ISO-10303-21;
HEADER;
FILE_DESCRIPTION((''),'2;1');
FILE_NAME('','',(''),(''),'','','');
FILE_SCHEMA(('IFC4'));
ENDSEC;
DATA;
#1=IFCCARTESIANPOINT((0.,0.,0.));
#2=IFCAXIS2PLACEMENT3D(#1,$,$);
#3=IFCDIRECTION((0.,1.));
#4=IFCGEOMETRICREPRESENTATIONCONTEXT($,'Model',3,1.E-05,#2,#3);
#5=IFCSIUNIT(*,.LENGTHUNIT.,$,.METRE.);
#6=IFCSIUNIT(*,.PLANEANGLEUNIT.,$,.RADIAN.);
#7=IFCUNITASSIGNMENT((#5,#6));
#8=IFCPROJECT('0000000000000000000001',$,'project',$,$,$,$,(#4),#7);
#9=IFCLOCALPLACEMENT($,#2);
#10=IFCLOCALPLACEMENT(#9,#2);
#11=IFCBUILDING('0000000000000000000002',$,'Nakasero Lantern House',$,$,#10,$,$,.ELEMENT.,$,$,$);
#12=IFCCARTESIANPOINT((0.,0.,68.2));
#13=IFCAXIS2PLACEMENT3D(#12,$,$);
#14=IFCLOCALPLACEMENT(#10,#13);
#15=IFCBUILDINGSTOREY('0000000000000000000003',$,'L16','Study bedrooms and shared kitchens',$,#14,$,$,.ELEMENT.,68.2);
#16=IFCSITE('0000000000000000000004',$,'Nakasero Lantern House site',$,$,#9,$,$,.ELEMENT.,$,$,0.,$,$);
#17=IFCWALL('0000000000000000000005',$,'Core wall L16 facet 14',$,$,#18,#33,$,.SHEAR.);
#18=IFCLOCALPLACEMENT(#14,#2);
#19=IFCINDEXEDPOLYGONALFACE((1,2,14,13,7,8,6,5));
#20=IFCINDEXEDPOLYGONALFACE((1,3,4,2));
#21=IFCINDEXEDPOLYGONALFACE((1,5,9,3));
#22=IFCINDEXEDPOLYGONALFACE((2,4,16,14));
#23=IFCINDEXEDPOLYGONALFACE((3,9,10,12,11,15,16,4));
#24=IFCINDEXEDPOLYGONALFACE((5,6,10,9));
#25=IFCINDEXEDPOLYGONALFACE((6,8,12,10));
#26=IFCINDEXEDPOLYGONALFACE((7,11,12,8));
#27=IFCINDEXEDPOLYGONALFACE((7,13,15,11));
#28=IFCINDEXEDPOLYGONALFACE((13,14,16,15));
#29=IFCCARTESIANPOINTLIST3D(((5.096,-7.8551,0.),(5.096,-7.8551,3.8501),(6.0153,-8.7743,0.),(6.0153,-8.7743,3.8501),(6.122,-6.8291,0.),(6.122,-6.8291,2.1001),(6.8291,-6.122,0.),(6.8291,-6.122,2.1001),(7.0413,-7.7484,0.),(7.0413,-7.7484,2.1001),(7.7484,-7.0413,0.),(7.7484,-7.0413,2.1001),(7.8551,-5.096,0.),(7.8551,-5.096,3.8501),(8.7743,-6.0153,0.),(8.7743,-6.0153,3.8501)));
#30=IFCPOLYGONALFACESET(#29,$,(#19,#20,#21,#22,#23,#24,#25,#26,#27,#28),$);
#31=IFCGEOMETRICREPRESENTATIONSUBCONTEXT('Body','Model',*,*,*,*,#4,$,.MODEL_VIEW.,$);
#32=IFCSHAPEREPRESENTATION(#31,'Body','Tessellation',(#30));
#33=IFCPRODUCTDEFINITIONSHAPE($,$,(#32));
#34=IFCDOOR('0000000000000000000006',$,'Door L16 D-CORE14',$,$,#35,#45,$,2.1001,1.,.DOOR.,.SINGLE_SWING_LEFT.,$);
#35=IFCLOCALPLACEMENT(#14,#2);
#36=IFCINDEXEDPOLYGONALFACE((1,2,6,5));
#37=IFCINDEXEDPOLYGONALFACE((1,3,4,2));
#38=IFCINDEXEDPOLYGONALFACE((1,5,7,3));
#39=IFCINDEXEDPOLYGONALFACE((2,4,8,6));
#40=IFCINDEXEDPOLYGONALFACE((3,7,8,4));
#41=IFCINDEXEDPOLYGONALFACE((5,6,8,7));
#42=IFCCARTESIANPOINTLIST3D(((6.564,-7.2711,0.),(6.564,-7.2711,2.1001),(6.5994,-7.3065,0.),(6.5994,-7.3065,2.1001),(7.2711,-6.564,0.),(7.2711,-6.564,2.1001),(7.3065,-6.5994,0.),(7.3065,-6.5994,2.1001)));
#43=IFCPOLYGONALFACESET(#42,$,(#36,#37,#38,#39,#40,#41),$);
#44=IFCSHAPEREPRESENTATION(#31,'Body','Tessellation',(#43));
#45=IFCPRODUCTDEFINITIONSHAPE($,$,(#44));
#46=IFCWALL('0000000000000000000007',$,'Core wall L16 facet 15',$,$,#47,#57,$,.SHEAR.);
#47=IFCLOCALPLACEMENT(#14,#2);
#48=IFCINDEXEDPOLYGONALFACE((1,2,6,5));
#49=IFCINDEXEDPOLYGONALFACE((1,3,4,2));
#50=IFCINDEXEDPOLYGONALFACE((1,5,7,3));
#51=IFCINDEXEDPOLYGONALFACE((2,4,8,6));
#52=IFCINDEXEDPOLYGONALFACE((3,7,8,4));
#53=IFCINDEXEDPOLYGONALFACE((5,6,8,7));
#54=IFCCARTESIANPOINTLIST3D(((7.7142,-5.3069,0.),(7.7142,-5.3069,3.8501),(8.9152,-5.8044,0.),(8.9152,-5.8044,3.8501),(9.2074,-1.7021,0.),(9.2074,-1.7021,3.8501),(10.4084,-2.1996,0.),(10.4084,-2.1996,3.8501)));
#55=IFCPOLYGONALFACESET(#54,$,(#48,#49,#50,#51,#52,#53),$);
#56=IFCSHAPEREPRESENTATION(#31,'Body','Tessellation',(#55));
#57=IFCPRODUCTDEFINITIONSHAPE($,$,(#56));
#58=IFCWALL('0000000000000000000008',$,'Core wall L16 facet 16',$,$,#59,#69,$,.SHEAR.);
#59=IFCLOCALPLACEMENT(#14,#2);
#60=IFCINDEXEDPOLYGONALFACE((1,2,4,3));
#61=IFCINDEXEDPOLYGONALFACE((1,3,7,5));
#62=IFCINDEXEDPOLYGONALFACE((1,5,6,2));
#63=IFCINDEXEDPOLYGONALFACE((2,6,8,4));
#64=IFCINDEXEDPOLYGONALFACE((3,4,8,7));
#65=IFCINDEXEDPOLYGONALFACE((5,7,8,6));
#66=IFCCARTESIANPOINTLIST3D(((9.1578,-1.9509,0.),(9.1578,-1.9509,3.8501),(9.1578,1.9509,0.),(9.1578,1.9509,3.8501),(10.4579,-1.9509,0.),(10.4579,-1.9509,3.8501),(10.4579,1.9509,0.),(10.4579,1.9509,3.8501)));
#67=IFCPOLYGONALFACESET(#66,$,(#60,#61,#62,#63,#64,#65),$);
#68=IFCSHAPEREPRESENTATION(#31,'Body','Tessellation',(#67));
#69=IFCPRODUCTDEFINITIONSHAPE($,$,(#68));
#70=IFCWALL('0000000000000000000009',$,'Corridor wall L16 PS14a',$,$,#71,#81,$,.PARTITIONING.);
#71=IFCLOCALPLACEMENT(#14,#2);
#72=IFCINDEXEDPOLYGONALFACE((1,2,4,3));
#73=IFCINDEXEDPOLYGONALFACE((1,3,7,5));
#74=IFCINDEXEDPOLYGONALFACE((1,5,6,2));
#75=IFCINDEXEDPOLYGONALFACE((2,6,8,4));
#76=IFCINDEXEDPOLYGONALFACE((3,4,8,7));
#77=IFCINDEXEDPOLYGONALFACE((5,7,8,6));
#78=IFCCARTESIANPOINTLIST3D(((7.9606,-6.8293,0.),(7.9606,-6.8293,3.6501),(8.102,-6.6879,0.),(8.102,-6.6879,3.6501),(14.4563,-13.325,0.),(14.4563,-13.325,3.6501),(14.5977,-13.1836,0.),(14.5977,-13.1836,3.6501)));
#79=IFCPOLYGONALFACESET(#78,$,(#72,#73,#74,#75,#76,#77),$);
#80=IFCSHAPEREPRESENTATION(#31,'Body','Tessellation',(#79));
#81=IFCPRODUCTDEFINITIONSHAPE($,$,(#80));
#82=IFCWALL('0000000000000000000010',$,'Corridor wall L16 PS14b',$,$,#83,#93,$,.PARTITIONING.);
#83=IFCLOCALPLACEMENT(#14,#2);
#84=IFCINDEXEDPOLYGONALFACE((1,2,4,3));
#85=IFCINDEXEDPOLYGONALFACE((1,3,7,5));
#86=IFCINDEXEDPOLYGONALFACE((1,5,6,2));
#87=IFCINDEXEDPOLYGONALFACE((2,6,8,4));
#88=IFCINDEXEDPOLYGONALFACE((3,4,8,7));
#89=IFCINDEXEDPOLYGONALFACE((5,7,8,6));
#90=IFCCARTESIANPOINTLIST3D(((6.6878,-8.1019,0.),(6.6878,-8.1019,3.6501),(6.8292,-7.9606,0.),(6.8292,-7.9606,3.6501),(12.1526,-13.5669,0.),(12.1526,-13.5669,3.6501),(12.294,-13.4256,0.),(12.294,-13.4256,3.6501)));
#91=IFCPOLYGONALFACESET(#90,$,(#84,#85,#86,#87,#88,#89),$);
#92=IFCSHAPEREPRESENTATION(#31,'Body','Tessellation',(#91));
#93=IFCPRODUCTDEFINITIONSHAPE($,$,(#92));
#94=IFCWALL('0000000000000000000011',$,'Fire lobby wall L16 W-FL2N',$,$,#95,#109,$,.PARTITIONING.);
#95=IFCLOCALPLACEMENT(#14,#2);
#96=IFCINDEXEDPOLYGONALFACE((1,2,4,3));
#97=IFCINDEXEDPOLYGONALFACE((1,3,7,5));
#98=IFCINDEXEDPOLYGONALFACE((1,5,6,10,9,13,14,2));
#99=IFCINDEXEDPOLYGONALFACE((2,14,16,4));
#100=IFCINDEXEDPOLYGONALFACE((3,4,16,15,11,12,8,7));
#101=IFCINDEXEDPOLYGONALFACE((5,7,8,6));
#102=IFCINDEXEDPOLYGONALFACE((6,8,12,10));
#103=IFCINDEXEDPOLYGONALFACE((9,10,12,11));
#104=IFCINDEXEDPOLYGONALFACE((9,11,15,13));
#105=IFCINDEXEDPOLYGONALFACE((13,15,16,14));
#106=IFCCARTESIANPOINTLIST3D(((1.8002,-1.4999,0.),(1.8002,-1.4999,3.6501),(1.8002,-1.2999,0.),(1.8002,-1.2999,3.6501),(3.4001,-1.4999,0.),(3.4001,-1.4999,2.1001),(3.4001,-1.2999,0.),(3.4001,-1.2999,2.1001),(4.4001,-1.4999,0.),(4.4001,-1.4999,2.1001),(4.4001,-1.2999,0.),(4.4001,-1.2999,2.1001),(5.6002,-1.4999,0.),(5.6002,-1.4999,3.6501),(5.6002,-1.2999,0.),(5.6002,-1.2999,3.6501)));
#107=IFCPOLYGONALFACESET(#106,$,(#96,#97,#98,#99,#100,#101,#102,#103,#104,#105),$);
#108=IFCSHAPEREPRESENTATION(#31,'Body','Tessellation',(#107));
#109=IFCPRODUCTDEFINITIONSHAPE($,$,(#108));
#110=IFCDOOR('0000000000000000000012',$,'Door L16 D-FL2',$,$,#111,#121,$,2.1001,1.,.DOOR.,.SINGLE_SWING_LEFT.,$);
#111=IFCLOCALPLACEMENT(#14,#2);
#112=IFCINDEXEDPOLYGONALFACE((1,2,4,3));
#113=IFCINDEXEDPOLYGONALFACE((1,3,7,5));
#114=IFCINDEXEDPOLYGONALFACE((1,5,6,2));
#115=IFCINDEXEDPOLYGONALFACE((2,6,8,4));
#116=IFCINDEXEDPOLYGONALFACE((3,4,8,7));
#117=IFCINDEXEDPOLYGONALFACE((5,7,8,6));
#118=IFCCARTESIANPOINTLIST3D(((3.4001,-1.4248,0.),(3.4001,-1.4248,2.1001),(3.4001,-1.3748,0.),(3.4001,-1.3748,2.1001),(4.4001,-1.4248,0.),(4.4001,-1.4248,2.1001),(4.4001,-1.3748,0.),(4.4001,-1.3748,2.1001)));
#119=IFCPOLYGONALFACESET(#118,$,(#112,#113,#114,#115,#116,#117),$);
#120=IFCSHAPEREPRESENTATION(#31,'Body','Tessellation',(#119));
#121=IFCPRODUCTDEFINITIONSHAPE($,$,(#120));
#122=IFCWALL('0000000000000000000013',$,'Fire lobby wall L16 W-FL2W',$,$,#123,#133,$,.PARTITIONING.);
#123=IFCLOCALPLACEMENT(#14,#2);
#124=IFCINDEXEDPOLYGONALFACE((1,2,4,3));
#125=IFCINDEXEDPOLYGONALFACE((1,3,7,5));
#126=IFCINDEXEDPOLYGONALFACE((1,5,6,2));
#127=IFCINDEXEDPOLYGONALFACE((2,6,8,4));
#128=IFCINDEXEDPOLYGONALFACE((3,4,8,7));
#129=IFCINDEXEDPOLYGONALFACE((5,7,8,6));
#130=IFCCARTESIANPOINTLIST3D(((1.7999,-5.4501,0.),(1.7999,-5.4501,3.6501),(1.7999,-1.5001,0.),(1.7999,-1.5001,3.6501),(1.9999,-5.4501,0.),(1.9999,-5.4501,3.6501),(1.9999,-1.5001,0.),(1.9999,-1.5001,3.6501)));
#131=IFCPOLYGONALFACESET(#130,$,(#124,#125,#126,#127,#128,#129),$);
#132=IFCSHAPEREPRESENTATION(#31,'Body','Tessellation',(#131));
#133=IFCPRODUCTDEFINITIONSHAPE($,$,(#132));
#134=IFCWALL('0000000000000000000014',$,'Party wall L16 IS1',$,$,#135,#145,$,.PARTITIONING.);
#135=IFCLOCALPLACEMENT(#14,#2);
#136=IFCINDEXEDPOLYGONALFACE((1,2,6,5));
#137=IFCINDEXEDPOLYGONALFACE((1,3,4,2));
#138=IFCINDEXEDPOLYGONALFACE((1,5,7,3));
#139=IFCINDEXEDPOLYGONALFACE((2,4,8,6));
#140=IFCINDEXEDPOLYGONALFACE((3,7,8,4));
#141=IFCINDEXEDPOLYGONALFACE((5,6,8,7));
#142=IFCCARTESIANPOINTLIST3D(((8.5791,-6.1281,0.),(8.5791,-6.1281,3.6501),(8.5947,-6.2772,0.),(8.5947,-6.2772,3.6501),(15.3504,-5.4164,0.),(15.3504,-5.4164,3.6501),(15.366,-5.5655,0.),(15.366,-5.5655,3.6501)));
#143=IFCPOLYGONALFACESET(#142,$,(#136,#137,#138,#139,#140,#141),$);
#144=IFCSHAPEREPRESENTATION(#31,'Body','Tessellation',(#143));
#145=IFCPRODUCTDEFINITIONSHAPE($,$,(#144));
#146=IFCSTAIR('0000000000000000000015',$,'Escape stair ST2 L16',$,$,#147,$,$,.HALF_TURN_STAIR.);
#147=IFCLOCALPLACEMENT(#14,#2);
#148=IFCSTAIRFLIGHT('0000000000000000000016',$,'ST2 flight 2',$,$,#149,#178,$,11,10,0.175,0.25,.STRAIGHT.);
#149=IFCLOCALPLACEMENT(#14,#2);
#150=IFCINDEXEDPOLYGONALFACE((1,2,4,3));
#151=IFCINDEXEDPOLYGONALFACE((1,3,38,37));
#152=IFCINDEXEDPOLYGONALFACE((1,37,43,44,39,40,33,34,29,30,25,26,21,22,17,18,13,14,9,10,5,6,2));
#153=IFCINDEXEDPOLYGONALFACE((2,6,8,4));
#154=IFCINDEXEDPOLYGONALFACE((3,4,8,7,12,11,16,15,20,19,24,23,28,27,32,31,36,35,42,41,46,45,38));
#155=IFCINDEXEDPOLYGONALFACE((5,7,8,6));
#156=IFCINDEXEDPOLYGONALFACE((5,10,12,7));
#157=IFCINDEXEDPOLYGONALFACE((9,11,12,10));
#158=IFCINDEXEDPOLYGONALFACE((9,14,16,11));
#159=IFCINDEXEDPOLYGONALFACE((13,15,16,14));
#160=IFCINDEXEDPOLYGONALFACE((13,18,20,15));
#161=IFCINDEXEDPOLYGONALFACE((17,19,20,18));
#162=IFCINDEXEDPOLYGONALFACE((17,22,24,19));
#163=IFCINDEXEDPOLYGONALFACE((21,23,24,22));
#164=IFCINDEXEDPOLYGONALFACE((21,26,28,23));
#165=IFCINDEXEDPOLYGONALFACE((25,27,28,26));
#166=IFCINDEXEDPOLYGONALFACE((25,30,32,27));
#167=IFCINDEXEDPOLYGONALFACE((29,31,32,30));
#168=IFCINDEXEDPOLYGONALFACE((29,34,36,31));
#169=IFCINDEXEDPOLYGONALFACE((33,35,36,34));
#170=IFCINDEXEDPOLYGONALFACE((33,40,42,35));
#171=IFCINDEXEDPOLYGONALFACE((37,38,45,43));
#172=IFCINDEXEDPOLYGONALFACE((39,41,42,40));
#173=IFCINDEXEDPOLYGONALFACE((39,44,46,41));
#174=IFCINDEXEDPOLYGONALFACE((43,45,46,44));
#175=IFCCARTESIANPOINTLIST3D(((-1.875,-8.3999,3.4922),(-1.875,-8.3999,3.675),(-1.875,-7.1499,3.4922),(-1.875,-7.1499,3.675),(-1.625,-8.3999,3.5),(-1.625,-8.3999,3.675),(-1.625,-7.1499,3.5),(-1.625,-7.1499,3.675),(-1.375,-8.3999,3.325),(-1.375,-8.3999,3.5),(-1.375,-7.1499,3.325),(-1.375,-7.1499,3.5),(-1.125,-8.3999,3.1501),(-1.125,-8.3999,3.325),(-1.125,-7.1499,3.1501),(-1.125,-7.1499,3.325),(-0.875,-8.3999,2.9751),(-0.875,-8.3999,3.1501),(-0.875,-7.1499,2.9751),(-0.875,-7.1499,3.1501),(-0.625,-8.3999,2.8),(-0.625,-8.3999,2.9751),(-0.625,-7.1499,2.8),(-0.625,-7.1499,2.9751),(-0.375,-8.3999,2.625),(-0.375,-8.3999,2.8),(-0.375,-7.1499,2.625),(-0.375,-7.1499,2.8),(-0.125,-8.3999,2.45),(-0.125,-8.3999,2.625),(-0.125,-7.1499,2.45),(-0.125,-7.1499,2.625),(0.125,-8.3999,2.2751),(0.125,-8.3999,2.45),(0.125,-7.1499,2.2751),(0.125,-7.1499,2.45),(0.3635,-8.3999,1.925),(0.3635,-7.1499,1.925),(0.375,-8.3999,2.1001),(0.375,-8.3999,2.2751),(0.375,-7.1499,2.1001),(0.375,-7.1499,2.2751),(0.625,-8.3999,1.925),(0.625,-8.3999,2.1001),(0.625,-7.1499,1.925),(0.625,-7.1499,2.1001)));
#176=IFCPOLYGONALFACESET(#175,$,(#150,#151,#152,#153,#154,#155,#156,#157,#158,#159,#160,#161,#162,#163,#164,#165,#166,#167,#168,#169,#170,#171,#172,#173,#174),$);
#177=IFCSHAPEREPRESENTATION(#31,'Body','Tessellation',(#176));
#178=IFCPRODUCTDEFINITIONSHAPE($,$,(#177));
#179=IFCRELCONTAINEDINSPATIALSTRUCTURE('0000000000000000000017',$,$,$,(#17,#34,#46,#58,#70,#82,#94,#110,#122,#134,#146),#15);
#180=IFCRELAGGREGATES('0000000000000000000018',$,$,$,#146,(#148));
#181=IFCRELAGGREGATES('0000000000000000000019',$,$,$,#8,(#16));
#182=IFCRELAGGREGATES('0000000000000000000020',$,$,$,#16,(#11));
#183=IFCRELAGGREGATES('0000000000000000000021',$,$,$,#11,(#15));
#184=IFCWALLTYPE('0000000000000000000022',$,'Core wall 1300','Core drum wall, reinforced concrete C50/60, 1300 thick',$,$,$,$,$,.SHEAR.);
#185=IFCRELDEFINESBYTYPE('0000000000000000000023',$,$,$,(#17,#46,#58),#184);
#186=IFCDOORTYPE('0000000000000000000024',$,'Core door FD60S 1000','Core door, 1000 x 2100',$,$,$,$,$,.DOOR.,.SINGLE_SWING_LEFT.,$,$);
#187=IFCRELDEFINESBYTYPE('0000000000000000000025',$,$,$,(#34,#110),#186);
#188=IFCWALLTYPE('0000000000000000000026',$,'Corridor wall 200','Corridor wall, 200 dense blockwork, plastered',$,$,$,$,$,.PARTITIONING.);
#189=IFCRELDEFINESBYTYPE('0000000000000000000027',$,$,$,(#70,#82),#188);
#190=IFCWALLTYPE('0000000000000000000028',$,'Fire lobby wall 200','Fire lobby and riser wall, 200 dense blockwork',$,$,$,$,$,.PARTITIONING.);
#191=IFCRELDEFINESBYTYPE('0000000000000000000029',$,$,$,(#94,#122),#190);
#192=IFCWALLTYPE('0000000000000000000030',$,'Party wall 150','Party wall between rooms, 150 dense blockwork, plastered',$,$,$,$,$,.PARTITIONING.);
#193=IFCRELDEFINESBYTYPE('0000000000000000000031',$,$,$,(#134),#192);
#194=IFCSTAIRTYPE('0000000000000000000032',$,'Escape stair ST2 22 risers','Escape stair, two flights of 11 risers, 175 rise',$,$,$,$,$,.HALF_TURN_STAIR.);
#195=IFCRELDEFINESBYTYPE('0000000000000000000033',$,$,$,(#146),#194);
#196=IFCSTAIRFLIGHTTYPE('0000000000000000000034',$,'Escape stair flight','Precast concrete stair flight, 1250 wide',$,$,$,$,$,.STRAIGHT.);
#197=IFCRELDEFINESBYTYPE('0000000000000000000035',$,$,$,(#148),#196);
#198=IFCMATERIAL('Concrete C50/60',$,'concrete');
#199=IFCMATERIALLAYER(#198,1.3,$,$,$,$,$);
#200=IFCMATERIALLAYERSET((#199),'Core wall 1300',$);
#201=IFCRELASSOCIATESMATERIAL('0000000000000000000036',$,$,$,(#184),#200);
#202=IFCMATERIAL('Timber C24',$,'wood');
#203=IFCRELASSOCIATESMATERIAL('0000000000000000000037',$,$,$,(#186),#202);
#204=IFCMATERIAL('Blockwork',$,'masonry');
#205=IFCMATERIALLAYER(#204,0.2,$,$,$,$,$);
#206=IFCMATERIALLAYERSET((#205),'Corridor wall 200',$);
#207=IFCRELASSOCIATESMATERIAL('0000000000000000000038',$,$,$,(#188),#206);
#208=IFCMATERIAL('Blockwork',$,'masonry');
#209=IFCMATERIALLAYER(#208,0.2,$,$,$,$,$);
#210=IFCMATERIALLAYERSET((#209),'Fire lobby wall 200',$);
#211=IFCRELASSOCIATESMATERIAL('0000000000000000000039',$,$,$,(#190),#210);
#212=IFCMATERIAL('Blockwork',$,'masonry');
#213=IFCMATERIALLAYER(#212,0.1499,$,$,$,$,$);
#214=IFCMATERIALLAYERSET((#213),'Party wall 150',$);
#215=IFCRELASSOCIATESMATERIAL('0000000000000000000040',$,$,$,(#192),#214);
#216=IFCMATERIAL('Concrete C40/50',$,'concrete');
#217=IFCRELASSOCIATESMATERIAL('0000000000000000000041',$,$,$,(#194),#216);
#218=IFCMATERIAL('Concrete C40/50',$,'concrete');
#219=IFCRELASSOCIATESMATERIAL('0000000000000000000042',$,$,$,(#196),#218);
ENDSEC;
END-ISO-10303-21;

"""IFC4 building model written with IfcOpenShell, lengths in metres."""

from ifc_helpers import new_model, si_unit, direction, frame, frame_2d, origin, place, context, subcontext, project, spatial, polyline, rectangle, outline, extrude, material, layer, layer_set, type_object, element, fill, aggregate, save


model = new_model("IFC4")

# Units and contexts
model_context = context("Model", 3, precision=1e-05, world=origin(), true_north=direction((0.0, 1.0)))
body_context = subcontext(model_context, "Body", "Model", "MODEL_VIEW")
ifc_project = project(units=[si_unit("LENGTHUNIT", "METRE"), si_unit("PLANEANGLEUNIT", "RADIAN")], contexts=[model_context])

# Site, building, storey
site_placement = place(None, origin())
site = spatial("IfcSite", under=ifc_project, at=site_placement, Name="Nakasero Lantern House site", CompositionType="ELEMENT", RefElevation=0.0)
building_placement = place(site_placement, origin())
building = spatial("IfcBuilding", under=site, at=building_placement, Name="Nakasero Lantern House", CompositionType="ELEMENT")
storey_placement = place(building_placement, frame((0.0, 0.0, 68.2)))
storey = spatial("IfcBuildingStorey", under=building, at=storey_placement, Name="L16", Description="Study bedrooms and shared kitchens", CompositionType="ELEMENT", Elevation=68.2)

# Shared definitions
ifc_material_1 = material(Name="Concrete C50/60", Category="concrete")
ifc_layer_1 = layer(ifc_material_1, 1.3)
ifc_layer_set_1 = layer_set([ifc_layer_1], Name="Core wall 1300")
wall_type_1 = type_object("IfcWallType", Name="Core wall 1300", Description="Core drum wall, reinforced concrete C50/60, 1300 thick", PredefinedType="SHEAR", material=ifc_layer_set_1)

# Wall, opening, door
wall_1_placement = place(storey_placement, frame((5.5557, -8.3147, 0.0), z_axis=(0.0, 0.0, 1.0), x_axis=(0.707107, 0.707107, 0.0)))
wall_1 = element("IfcWall", 1, at=wall_1_placement, inside=storey, type_object=wall_type_1, Name="Core wall L16 facet 14", PredefinedType="SHEAR", context=body_context, shape_type="SweptSolid", body=[
    extrude(rectangle(XDim=3.9019, YDim=1.3, at=frame_2d((1.9509, 0.0))), origin(), (0.0, 0.0, 1.0), 3.8501),
])
opening_1_placement = place(wall_1_placement, frame((1.4509, 0.0, 0.0)))
opening_1 = element("IfcOpeningElement", 2, at=opening_1_placement, cuts=wall_1, PredefinedType="OPENING", context=body_context, shape_type="SweptSolid", body=[
    extrude(rectangle(XDim=1.0, YDim=2.1001, at=frame_2d((0.5, 1.05))), frame((0.0, 0.6699, 0.0), z_axis=(0.0, -1.0, 0.0), x_axis=(1.0, 0.0, 0.0)), (0.0, 0.0, 1.0), 1.3401),
])
ifc_material_2 = material(Name="Timber C24", Category="wood")
door_type_1 = type_object("IfcDoorType", Name="Core door FD60S 1000", Description="Core door, 1000 x 2100", OperationType="SINGLE_SWING_LEFT", PredefinedType="DOOR", material=ifc_material_2)
door_1_placement = place(opening_1_placement, origin())
door_1 = element("IfcDoor", 3, at=door_1_placement, inside=storey, type_object=door_type_1, Name="Door L16 D-CORE14", OperationType="SINGLE_SWING_LEFT", OverallHeight=2.1001, OverallWidth=1.0, PredefinedType="DOOR", context=body_context, shape_type="SweptSolid", body=[
    extrude(rectangle(XDim=1.0, YDim=2.1001, at=frame_2d((0.5, 1.05))), frame((0.0, 0.0249, 0.0), z_axis=(0.0, -1.0, 0.0), x_axis=(1.0, 0.0, 0.0)), (0.0, 0.0, 1.0), 0.05),
])
fill(opening_1, door_1)

# Walls
for number, where, z_axis, x_axis, name in (
    (4, (8.3147, -5.5557, 0.0), (0.0, 0.0, 1.0), (0.382691, 0.923877, 0.0), "Core wall L16 facet 15"),
    (5, (9.8079, -1.9509, 0.0), (0.0, 0.0, 1.0), (0.0, 1.0, 0.0), "Core wall L16 facet 16"),
):
    element("IfcWall", number, at=place(storey_placement, frame(where, z_axis=z_axis, x_axis=x_axis)), inside=storey, type_object=wall_type_1, Name=name, PredefinedType="SHEAR", context=body_context, shape_type="SweptSolid", body=[
        extrude(rectangle(XDim=3.9019, YDim=1.3, at=frame_2d((1.9509, 0.0))), origin(), (0.0, 0.0, 1.0), 3.8501),
    ])
ifc_material_3 = material(Name="Blockwork", Category="masonry")
ifc_layer_2 = layer(ifc_material_3, 0.2)
ifc_layer_set_2 = layer_set([ifc_layer_2], Name="Corridor wall 200")
wall_type_2 = type_object("IfcWallType", Name="Corridor wall 200", Description="Corridor wall, 200 dense blockwork, plastered", PredefinedType="PARTITIONING", material=ifc_layer_set_2)
wall_2_placement = place(storey_placement, frame((8.0312, -6.7585, 0.0), z_axis=(0.0, 0.0, 1.0), x_axis=(0.707107, -0.707107, 0.0)))
element("IfcWall", 6, at=wall_2_placement, inside=storey, type_object=wall_type_2, Name="Corridor wall L16 PS14a", PredefinedType="PARTITIONING", context=body_context, shape_type="SweptSolid", body=[
    extrude(rectangle(XDim=9.1863, YDim=0.2, at=frame_2d((4.5933, 0.0))), origin(), (0.0, 0.0, 1.0), 3.6501),
])
wall_3_placement = place(storey_placement, frame((6.7585, -8.0312, 0.0), z_axis=(0.0, 0.0, 1.0), x_axis=(0.707091, -0.707123, 0.0)))
element("IfcWall", 7, at=wall_3_placement, inside=storey, type_object=wall_type_2, Name="Corridor wall L16 PS14b", PredefinedType="PARTITIONING", context=body_context, shape_type="SweptSolid", body=[
    extrude(rectangle(XDim=7.7285, YDim=0.2, at=frame_2d((3.8643, 0.0))), origin(), (0.0, 0.0, 1.0), 3.6501),
])

# Wall, opening, door
ifc_material_4 = material(Name="Blockwork", Category="masonry")
ifc_layer_3 = layer(ifc_material_4, 0.2)
ifc_layer_set_3 = layer_set([ifc_layer_3], Name="Fire lobby wall 200")
wall_type_3 = type_object("IfcWallType", Name="Fire lobby wall 200", Description="Fire lobby and riser wall, 200 dense blockwork", PredefinedType="PARTITIONING", material=ifc_layer_set_3)
wall_4_placement = place(storey_placement, frame((5.6001, -1.3999, 0.0), z_axis=(0.0, 0.0, 1.0), x_axis=(-1.0, 0.0, 0.0)))
wall_4 = element("IfcWall", 8, at=wall_4_placement, inside=storey, type_object=wall_type_3, Name="Fire lobby wall L16 W-FL2N", PredefinedType="PARTITIONING", context=body_context, shape_type="SweptSolid", body=[
    extrude(rectangle(XDim=3.8, YDim=0.2, at=frame_2d((1.8999, 0.0))), origin(), (0.0, 0.0, 1.0), 3.6501),
])
opening_2_placement = place(wall_4_placement, frame((1.2, 0.0, 0.0)))
opening_2 = element("IfcOpeningElement", 9, at=opening_2_placement, cuts=wall_4, PredefinedType="OPENING", context=body_context, shape_type="SweptSolid", body=[
    extrude(rectangle(XDim=1.0, YDim=2.1001, at=frame_2d((0.5, 1.05))), frame((0.0, 0.1199, 0.0), z_axis=(0.0, -1.0, 0.0), x_axis=(1.0, 0.0, 0.0)), (0.0, 0.0, 1.0), 0.24),
])
door_2_placement = place(opening_2_placement, origin())
door_2 = element("IfcDoor", 10, at=door_2_placement, inside=storey, type_object=door_type_1, Name="Door L16 D-FL2", OperationType="SINGLE_SWING_LEFT", OverallHeight=2.1001, OverallWidth=1.0, PredefinedType="DOOR", context=body_context, shape_type="SweptSolid", body=[
    extrude(rectangle(XDim=1.0, YDim=2.1001, at=frame_2d((0.5, 1.05))), frame((0.0, 0.0249, 0.0), z_axis=(0.0, -1.0, 0.0), x_axis=(1.0, 0.0, 0.0)), (0.0, 0.0, 1.0), 0.05),
])
fill(opening_2, door_2)

# Walls
wall_5_placement = place(storey_placement, frame((1.8999, -1.5, 0.0), z_axis=(0.0, 0.0, 1.0), x_axis=(0.0, -1.0, 0.0)))
element("IfcWall", 11, at=wall_5_placement, inside=storey, type_object=wall_type_3, Name="Fire lobby wall L16 W-FL2W", PredefinedType="PARTITIONING", context=body_context, shape_type="SweptSolid", body=[
    extrude(rectangle(XDim=3.95, YDim=0.2, at=frame_2d((1.9751, 0.0))), origin(), (0.0, 0.0, 1.0), 3.6501),
])
ifc_material_5 = material(Name="Blockwork", Category="masonry")
ifc_layer_4 = layer(ifc_material_5, 0.1499)
ifc_layer_set_4 = layer_set([ifc_layer_4], Name="Party wall 150")
wall_type_4 = type_object("IfcWallType", Name="Party wall 150", Description="Party wall between rooms, 150 dense blockwork, plastered", PredefinedType="PARTITIONING", material=ifc_layer_set_4)
wall_6_placement = place(storey_placement, frame((8.5869, -6.2026, 0.0), z_axis=(0.0, 0.0, 1.0), x_axis=(0.994522, 0.104526, 0.0)))
element("IfcWall", 12, at=wall_6_placement, inside=storey, type_object=wall_type_4, Name="Party wall L16 IS1", PredefinedType="PARTITIONING", context=body_context, shape_type="SweptSolid", body=[
    extrude(rectangle(XDim=6.8086, YDim=0.1499, at=frame_2d((3.4043, 0.0))), origin(), (0.0, 0.0, 1.0), 3.6501),
])

# Stair, stair flight
ifc_material_6 = material(Name="Concrete C40/50", Category="concrete")
stair_type = type_object("IfcStairType", Name="Escape stair ST2 22 risers", Description="Escape stair, two flights of 11 risers, 175 rise", PredefinedType="HALF_TURN_STAIR", material=ifc_material_6)
stair_placement = place(storey_placement, origin())
stair = element("IfcStair", 13, at=stair_placement, inside=storey, type_object=stair_type, Name="Escape stair ST2 L16", PredefinedType="HALF_TURN_STAIR")
ifc_material_7 = material(Name="Concrete C40/50", Category="concrete")
stair_flight_type = type_object("IfcStairFlightType", Name="Escape stair flight", Description="Precast concrete stair flight, 1250 wide", PredefinedType="STRAIGHT", material=ifc_material_7)
stair_flight_placement = place(storey_placement, frame((0.625, -7.7749, 1.925), z_axis=(0.0, 0.0, 1.0), x_axis=(-1.0, 0.0, 0.0)))
stair_flight = element("IfcStairFlight", 14, at=stair_flight_placement, type_object=stair_flight_type, Name="ST2 flight 2", NumberOfRisers=11, NumberOfTreads=10, PredefinedType="STRAIGHT", RiserHeight=0.175, TreadLength=0.25, context=body_context, shape_type="SweptSolid", body=[
    extrude(outline(polyline([(0.0, 0.0), (0.0, 0.175), (0.25, 0.175), (0.25, 0.3501), (0.5, 0.3501), (0.5, 0.5249), (0.75, 0.5249), (0.75, 0.7), (1.0, 0.7), (1.0, 0.875), (1.25, 0.875), (1.25, 1.05), (1.5, 1.05), (1.5, 1.2251), (1.75, 1.2251), (1.75, 1.3999), (2.0, 1.3999), (2.0, 1.575), (2.25, 1.575), (2.25, 1.75), (2.5, 1.75), (2.5, 1.925), (2.5, 1.5671), (0.2615, 0.0), (0.0, 0.0)])), frame((0.0, 0.625, 0.0), z_axis=(0.0, -1.0, 0.0), x_axis=(1.0, 0.0, 0.0)), (0.0, 0.0, 1.0), 1.25),
])
aggregate(stair, [stair_flight])

save(model, "model.ifc")
